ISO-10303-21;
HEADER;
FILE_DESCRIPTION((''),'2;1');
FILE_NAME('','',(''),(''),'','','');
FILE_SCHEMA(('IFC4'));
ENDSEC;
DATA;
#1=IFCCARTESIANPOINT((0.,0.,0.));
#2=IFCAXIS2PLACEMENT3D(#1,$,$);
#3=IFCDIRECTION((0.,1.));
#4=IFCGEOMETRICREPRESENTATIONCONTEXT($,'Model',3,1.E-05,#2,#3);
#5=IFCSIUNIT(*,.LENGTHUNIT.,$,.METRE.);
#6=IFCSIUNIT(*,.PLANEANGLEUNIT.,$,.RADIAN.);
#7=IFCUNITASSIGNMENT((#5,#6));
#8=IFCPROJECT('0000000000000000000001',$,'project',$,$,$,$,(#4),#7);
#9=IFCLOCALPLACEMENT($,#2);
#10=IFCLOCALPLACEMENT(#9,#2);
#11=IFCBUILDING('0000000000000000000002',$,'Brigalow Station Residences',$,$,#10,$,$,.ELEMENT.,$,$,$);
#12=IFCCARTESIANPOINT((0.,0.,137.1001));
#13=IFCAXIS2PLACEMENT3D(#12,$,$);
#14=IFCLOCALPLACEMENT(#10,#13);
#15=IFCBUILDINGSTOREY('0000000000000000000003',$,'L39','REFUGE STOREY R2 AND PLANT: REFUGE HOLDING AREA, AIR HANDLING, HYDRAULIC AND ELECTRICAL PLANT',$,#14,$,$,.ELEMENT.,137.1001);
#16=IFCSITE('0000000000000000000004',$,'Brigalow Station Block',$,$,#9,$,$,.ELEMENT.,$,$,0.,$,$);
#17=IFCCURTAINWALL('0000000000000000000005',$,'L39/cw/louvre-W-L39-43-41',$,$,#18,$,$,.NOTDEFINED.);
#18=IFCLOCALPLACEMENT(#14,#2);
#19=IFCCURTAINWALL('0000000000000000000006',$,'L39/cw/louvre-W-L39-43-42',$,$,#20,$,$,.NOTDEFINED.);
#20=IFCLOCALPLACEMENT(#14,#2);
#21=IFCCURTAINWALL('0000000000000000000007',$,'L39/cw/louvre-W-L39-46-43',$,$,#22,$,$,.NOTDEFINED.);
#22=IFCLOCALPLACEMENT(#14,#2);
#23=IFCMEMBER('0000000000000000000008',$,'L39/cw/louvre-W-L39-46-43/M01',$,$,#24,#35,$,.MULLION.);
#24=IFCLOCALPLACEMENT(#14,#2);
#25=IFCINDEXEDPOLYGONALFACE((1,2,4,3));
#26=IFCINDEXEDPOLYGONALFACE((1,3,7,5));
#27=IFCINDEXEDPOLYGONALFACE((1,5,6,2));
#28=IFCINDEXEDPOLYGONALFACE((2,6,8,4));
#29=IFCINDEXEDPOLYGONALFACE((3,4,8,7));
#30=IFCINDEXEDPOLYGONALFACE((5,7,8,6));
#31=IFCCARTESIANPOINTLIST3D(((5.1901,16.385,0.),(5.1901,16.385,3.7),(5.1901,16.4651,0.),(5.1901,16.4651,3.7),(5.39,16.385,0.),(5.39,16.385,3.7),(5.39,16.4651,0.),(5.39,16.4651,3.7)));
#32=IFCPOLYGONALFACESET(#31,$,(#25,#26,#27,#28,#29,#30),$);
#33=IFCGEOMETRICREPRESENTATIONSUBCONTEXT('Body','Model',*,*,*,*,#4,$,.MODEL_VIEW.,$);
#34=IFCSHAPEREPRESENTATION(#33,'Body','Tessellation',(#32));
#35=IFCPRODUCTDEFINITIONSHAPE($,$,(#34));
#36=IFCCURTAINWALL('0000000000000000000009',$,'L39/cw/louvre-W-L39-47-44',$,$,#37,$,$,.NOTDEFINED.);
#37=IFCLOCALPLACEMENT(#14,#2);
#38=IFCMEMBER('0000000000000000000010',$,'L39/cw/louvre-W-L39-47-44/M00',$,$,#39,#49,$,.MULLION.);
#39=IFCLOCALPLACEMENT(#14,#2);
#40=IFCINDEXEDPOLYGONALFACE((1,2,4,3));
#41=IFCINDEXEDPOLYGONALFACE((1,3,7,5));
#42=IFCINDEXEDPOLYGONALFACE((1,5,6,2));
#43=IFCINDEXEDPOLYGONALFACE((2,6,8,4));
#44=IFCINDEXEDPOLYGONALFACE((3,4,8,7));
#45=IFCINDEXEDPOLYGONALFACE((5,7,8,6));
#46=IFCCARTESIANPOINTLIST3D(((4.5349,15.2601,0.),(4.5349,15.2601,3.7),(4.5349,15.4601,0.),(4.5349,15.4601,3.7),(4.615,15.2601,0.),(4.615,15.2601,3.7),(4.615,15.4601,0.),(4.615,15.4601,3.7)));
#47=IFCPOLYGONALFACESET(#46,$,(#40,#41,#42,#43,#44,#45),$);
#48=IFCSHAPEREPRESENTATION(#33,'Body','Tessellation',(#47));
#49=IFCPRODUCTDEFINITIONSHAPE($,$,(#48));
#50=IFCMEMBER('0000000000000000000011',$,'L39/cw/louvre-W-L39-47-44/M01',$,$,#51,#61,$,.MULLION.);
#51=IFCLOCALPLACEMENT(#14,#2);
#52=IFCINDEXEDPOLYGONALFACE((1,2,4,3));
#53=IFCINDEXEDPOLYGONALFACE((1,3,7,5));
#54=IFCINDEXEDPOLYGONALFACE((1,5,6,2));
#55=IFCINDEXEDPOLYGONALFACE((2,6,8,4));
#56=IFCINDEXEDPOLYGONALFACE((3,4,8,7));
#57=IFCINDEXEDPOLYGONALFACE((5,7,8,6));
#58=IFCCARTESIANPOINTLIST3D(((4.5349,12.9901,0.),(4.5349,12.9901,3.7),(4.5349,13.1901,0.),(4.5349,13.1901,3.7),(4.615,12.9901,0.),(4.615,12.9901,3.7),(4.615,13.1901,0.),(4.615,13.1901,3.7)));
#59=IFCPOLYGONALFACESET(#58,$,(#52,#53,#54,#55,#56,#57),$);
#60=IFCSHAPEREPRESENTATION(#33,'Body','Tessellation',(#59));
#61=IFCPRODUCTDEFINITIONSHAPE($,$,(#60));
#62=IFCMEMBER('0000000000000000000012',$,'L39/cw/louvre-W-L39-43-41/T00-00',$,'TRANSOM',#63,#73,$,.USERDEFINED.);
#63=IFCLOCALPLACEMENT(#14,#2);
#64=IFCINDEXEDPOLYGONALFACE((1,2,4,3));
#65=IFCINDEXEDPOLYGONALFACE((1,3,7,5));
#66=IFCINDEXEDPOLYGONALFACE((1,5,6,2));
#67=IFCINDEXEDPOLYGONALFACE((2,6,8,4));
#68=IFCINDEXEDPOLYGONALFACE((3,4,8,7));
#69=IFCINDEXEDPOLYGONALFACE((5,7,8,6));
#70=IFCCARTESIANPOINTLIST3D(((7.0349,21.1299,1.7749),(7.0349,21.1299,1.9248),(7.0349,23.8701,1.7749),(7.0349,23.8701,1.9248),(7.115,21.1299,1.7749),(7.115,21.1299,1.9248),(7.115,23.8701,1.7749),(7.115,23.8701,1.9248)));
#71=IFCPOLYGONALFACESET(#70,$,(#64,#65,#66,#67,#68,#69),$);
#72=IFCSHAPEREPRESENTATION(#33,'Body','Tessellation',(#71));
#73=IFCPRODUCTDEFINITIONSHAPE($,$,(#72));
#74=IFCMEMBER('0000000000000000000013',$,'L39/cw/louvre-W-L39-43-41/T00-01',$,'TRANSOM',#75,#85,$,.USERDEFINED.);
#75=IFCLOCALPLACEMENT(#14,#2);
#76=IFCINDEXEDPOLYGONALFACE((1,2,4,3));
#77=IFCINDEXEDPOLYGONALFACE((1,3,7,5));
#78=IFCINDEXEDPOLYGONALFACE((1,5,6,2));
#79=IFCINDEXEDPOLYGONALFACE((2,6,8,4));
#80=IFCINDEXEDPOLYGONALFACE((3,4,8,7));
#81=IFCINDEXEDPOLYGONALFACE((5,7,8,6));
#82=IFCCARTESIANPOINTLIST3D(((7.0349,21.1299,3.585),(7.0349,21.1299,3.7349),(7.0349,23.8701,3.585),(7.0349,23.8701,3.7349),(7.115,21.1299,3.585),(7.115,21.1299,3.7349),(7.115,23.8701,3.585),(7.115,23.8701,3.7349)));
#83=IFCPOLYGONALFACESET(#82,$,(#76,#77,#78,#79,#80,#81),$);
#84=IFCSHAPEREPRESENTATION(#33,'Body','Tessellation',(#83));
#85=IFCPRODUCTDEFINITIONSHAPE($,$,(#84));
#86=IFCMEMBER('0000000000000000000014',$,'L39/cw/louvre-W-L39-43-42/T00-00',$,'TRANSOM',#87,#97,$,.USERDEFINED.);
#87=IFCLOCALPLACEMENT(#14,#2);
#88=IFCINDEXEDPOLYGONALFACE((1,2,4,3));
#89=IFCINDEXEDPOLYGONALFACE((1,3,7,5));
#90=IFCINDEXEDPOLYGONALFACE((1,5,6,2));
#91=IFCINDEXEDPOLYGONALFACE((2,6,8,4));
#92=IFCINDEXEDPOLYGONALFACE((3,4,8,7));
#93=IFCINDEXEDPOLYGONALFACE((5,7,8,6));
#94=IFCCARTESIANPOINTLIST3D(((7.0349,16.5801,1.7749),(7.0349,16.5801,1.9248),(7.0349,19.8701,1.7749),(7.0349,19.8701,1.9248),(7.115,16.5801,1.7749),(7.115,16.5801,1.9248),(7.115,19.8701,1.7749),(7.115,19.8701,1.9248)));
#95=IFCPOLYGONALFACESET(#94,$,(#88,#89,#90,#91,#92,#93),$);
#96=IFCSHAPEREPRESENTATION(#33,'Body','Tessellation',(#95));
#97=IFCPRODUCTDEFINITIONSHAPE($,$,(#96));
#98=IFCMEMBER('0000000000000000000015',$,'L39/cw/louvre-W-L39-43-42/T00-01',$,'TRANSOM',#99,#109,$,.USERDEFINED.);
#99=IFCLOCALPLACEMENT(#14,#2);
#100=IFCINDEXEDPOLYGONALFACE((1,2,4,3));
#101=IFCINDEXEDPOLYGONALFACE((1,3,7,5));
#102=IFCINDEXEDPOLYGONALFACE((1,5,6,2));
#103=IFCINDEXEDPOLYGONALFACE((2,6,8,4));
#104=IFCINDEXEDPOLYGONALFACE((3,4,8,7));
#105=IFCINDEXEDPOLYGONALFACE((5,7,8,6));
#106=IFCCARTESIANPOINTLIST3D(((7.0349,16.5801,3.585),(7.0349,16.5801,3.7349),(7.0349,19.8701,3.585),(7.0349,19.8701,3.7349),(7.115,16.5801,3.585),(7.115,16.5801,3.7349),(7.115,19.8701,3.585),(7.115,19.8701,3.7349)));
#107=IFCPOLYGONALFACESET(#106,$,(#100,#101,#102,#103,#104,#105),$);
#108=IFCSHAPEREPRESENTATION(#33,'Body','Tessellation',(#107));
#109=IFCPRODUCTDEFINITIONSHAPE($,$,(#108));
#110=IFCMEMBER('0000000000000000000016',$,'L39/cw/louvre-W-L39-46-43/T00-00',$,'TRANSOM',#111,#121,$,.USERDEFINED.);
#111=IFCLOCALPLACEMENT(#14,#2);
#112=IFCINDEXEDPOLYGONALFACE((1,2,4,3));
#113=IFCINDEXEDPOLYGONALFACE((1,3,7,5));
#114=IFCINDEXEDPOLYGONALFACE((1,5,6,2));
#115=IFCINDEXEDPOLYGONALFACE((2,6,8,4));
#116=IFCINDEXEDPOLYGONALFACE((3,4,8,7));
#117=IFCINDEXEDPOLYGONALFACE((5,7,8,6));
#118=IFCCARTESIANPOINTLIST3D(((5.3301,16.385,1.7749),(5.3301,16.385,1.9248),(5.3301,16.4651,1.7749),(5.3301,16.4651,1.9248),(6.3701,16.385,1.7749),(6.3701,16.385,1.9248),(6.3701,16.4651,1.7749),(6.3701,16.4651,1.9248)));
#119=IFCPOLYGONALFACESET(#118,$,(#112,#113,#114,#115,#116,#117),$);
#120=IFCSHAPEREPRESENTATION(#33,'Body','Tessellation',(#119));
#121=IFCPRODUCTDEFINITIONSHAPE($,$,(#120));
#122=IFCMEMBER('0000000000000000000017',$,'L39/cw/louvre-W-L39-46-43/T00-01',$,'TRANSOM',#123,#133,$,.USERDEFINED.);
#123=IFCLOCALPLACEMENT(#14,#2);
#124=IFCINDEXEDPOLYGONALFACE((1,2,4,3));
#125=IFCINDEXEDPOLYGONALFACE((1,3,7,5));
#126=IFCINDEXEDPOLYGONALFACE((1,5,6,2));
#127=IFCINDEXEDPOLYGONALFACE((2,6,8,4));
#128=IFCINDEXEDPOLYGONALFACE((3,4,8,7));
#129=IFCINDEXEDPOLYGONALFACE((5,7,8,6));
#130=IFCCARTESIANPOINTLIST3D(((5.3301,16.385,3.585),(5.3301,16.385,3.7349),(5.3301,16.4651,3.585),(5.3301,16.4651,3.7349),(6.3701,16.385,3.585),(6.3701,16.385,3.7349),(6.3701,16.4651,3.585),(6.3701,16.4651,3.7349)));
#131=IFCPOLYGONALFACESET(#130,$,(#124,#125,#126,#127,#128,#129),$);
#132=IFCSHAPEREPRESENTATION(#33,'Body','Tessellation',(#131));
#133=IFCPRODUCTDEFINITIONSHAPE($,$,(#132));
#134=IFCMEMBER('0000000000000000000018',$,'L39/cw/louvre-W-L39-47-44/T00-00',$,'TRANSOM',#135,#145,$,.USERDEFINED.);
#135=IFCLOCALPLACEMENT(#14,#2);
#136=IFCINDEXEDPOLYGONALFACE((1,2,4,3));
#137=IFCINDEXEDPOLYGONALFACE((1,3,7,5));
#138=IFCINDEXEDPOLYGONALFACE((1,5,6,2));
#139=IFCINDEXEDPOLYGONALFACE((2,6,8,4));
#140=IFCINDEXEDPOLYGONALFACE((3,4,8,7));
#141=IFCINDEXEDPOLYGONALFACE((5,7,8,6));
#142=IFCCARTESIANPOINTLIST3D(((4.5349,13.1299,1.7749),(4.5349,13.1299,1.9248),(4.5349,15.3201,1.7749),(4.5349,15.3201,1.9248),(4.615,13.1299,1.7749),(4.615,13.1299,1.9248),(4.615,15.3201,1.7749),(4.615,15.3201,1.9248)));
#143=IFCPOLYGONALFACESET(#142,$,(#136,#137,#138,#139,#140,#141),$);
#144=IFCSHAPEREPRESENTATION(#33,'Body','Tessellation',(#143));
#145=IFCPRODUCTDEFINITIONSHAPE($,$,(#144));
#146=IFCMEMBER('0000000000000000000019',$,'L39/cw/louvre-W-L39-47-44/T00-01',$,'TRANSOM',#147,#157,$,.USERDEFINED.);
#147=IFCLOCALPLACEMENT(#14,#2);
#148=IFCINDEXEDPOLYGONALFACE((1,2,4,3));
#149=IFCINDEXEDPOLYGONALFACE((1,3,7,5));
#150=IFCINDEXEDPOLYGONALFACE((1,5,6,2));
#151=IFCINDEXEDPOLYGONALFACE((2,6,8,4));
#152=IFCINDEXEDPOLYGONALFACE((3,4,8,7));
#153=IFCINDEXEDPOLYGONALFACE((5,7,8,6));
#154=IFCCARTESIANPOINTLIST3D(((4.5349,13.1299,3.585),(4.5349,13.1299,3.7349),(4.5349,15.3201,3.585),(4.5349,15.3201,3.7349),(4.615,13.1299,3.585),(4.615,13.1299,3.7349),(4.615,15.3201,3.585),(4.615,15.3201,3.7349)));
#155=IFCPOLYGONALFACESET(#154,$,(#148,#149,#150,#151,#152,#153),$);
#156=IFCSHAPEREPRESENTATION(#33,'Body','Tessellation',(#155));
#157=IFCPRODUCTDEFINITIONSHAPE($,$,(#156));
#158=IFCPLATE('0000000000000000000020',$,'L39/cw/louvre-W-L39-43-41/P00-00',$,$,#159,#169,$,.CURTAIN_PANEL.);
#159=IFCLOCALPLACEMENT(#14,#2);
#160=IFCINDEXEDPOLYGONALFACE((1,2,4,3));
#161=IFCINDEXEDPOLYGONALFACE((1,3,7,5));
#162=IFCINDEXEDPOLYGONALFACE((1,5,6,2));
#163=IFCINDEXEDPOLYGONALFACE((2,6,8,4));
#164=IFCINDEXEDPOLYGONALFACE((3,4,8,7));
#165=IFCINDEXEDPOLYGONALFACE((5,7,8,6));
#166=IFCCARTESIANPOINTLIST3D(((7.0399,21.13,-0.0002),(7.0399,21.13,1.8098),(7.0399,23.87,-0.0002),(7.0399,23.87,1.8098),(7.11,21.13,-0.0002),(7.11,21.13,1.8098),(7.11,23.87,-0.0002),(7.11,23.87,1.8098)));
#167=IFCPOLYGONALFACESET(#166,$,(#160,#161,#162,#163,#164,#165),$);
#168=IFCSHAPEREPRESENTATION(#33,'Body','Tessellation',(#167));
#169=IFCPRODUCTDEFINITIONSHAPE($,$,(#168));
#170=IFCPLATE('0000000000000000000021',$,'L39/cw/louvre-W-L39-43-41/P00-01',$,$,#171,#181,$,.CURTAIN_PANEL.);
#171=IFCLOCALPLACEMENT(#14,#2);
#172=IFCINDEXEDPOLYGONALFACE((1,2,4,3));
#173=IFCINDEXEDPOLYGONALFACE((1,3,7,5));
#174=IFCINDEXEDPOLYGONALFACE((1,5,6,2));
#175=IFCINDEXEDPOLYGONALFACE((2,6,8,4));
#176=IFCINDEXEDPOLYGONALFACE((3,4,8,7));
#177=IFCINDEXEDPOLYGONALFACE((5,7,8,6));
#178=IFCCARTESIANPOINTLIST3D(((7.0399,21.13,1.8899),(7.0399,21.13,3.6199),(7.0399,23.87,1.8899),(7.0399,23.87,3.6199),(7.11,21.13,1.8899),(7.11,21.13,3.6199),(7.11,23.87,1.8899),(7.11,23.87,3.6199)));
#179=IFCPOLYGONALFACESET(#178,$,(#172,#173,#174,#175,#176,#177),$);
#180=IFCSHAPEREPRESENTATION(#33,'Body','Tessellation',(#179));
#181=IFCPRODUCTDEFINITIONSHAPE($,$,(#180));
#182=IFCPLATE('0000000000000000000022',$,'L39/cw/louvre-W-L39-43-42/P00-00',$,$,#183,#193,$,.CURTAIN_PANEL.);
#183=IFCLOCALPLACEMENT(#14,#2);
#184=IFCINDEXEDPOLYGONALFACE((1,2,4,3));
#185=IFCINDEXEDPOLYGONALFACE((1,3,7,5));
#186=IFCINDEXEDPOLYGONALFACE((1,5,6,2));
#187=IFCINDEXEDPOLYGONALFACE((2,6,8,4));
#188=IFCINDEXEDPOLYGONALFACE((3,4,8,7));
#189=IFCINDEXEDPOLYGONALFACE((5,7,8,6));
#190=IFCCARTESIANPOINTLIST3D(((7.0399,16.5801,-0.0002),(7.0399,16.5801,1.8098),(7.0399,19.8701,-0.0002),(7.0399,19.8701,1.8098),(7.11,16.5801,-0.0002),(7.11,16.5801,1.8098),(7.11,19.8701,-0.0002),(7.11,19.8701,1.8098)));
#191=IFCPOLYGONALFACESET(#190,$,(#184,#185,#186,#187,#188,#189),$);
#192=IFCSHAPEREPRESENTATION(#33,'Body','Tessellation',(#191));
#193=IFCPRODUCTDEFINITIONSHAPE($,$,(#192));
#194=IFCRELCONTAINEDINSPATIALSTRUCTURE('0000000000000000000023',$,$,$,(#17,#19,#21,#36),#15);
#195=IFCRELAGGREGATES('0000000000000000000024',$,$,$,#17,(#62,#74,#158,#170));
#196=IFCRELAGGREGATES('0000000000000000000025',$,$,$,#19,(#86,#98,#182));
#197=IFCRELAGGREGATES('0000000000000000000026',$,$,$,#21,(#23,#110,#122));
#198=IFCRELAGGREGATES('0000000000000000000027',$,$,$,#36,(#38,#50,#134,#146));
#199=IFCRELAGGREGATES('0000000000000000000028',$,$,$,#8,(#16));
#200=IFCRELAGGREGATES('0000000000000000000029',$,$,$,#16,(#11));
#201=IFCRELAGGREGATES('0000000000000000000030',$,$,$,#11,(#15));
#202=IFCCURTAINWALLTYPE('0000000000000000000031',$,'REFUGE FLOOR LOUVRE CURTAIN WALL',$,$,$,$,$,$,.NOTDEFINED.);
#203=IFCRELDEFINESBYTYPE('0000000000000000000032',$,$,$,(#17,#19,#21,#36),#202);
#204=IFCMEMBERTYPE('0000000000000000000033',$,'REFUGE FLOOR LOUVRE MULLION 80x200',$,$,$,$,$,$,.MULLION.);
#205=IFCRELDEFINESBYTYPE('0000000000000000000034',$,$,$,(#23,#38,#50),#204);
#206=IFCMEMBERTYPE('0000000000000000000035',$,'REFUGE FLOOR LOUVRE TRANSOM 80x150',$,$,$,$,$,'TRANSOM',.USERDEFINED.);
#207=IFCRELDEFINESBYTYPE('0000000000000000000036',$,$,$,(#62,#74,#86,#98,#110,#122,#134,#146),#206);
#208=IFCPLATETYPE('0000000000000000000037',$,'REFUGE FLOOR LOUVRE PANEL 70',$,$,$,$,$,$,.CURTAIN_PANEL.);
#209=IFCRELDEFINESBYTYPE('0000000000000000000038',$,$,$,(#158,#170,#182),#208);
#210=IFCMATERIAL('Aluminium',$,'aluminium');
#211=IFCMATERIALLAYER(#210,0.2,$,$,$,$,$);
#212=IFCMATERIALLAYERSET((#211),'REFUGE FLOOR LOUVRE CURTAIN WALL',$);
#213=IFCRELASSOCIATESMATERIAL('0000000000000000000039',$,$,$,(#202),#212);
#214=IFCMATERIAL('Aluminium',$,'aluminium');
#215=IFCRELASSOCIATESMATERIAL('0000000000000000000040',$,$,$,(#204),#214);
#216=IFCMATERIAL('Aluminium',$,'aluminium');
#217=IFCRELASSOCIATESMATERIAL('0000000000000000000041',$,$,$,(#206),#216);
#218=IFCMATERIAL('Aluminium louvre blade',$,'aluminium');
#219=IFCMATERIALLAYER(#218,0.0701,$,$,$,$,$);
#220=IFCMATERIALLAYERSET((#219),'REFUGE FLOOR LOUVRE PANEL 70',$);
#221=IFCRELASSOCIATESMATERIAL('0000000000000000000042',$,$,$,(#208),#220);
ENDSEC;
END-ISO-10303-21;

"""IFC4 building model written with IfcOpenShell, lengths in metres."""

from ifc_helpers import new_model, si_unit, direction, frame, origin, origin_2d, place, context, subcontext, project, spatial, rectangle, extrude, material, layer, layer_set, material_profile, profile_set, type_object, element, aggregate, save


model = new_model("IFC4")

# Units and contexts
model_context = context("Model", 3, precision=1e-05, world=origin(), true_north=direction((0.0, 1.0)))
body_context = subcontext(model_context, "Body", "Model", "MODEL_VIEW")
ifc_project = project(units=[si_unit("LENGTHUNIT", "METRE"), si_unit("PLANEANGLEUNIT", "RADIAN")], contexts=[model_context])

# Site, building, storey
site_placement = place(None, origin())
site = spatial("IfcSite", under=ifc_project, at=site_placement, Name="Brigalow Station Block", CompositionType="ELEMENT", RefElevation=0.0)
building_placement = place(site_placement, origin())
building = spatial("IfcBuilding", under=site, at=building_placement, Name="Brigalow Station Residences", CompositionType="ELEMENT")
storey_placement = place(building_placement, frame((0.0, 0.0, 137.1001)))
storey = spatial("IfcBuildingStorey", under=building, at=storey_placement, Name="L39", Description="REFUGE STOREY R2 AND PLANT: REFUGE HOLDING AREA, AIR HANDLING, HYDRAULIC AND ELECTRICAL PLANT", CompositionType="ELEMENT", Elevation=137.1001)

# Curtain walls, members
ifc_material_1 = material(Name="Aluminium", Category="aluminium")
ifc_layer_1 = layer(ifc_material_1, 0.2)
ifc_layer_set_1 = layer_set([ifc_layer_1], Name="REFUGE FLOOR LOUVRE CURTAIN WALL")
curtain_wall_type = type_object("IfcCurtainWallType", Name="REFUGE FLOOR LOUVRE CURTAIN WALL", PredefinedType="NOTDEFINED", material=ifc_layer_set_1)
curtain_wall_1_placement = place(storey_placement, origin())
curtain_wall_1 = element("IfcCurtainWall", 1, at=curtain_wall_1_placement, inside=storey, type_object=curtain_wall_type, Name="L39/cw/louvre-W-L39-43-41", PredefinedType="NOTDEFINED")
ifc_material_2 = material(Name="Aluminium", Category="aluminium")
ifc_material_profile_1 = material_profile(ifc_material_2, rectangle(XDim=0.0801, YDim=0.2, at=origin_2d()), Name="REFUGE FLOOR LOUVRE MULLION 80x200")
ifc_profile_set_1 = profile_set([ifc_material_profile_1], Name="Aluminium")
member_type_1 = type_object("IfcMemberType", Name="REFUGE FLOOR LOUVRE MULLION 80x200", PredefinedType="MULLION", material=ifc_profile_set_1)
curtain_wall_2_placement = place(storey_placement, origin())
curtain_wall_2 = element("IfcCurtainWall", 2, at=curtain_wall_2_placement, inside=storey, type_object=curtain_wall_type, Name="L39/cw/louvre-W-L39-43-42", PredefinedType="NOTDEFINED")
curtain_wall_3_placement = place(storey_placement, origin())
curtain_wall_3 = element("IfcCurtainWall", 3, at=curtain_wall_3_placement, inside=storey, type_object=curtain_wall_type, Name="L39/cw/louvre-W-L39-46-43", PredefinedType="NOTDEFINED")
member_1_placement = place(storey_placement, frame((5.29, 16.425, 0.0), z_axis=(0.0, 0.0, 1.0), x_axis=(0.0, -1.0, 0.0)))
member_1 = element("IfcMember", 4, at=member_1_placement, type_object=member_type_1, Name="L39/cw/louvre-W-L39-46-43/M01", PredefinedType="MULLION", context=body_context, shape_type="SweptSolid", body=[
    extrude(rectangle(XDim=0.0801, YDim=0.2, at=origin_2d()), origin(), (0.0, 0.0, 1.0), 3.7),
])
curtain_wall_4_placement = place(storey_placement, origin())
curtain_wall_4 = element("IfcCurtainWall", 5, at=curtain_wall_4_placement, inside=storey, type_object=curtain_wall_type, Name="L39/cw/louvre-W-L39-47-44", PredefinedType="NOTDEFINED")
member_2_placement = place(storey_placement, frame((4.575, 15.3601, 0.0), z_axis=(0.0, 0.0, 1.0), x_axis=(1.0, 0.0, 0.0)))
member_2 = element("IfcMember", 6, at=member_2_placement, type_object=member_type_1, Name="L39/cw/louvre-W-L39-47-44/M00", PredefinedType="MULLION", context=body_context, shape_type="SweptSolid", body=[
    extrude(rectangle(XDim=0.0801, YDim=0.2, at=origin_2d()), origin(), (0.0, 0.0, 1.0), 3.7),
])
member_3_placement = place(storey_placement, frame((4.575, 13.0901, 0.0), z_axis=(0.0, 0.0, 1.0), x_axis=(1.0, 0.0, 0.0)))
member_3 = element("IfcMember", 7, at=member_3_placement, type_object=member_type_1, Name="L39/cw/louvre-W-L39-47-44/M01", PredefinedType="MULLION", context=body_context, shape_type="SweptSolid", body=[
    extrude(rectangle(XDim=0.0801, YDim=0.2, at=origin_2d()), origin(), (0.0, 0.0, 1.0), 3.7),
])

# Members
ifc_material_3 = material(Name="Aluminium", Category="aluminium")
ifc_material_profile_2 = material_profile(ifc_material_3, rectangle(XDim=0.0801, YDim=0.1499, at=origin_2d()), Name="REFUGE FLOOR LOUVRE TRANSOM 80x150")
ifc_profile_set_2 = profile_set([ifc_material_profile_2], Name="Aluminium")
member_type_2 = type_object("IfcMemberType", Name="REFUGE FLOOR LOUVRE TRANSOM 80x150", ElementType="TRANSOM", PredefinedType="USERDEFINED", material=ifc_profile_set_2)
member_4_placement = place(storey_placement, frame((7.075, 23.8701, 1.8499), z_axis=(0.0, -1.0, 0.0), x_axis=(1.0, 0.0, 0.0)))
member_4 = element("IfcMember", 8, at=member_4_placement, type_object=member_type_2, Name="L39/cw/louvre-W-L39-43-41/T00-00", ObjectType="TRANSOM", PredefinedType="USERDEFINED", context=body_context, shape_type="SweptSolid", body=[
    extrude(rectangle(XDim=0.0801, YDim=0.1499, at=origin_2d()), origin(), (0.0, 0.0, 1.0), 2.7402),
])
member_5_placement = place(storey_placement, frame((7.075, 23.8701, 3.6599), z_axis=(0.0, -1.0, 0.0), x_axis=(1.0, 0.0, 0.0)))
member_5 = element("IfcMember", 9, at=member_5_placement, type_object=member_type_2, Name="L39/cw/louvre-W-L39-43-41/T00-01", ObjectType="TRANSOM", PredefinedType="USERDEFINED", context=body_context, shape_type="SweptSolid", body=[
    extrude(rectangle(XDim=0.0801, YDim=0.1499, at=origin_2d()), origin(), (0.0, 0.0, 1.0), 2.7402),
])
member_6_placement = place(storey_placement, frame((7.075, 19.8701, 1.8499), z_axis=(0.0, -1.0, 0.0), x_axis=(1.0, 0.0, 0.0)))
member_6 = element("IfcMember", 10, at=member_6_placement, type_object=member_type_2, Name="L39/cw/louvre-W-L39-43-42/T00-00", ObjectType="TRANSOM", PredefinedType="USERDEFINED", context=body_context, shape_type="SweptSolid", body=[
    extrude(rectangle(XDim=0.0801, YDim=0.1499, at=origin_2d()), origin(), (0.0, 0.0, 1.0), 3.29),
])
member_7_placement = place(storey_placement, frame((7.075, 19.8701, 3.6599), z_axis=(0.0, -1.0, 0.0), x_axis=(1.0, 0.0, 0.0)))
member_7 = element("IfcMember", 11, at=member_7_placement, type_object=member_type_2, Name="L39/cw/louvre-W-L39-43-42/T00-01", ObjectType="TRANSOM", PredefinedType="USERDEFINED", context=body_context, shape_type="SweptSolid", body=[
    extrude(rectangle(XDim=0.0801, YDim=0.1499, at=origin_2d()), origin(), (0.0, 0.0, 1.0), 3.29),
])
member_8_placement = place(storey_placement, frame((6.3701, 16.425, 1.8499), z_axis=(-1.0, 0.0, 0.0), x_axis=(0.0, -1.0, 0.0)))
member_8 = element("IfcMember", 12, at=member_8_placement, type_object=member_type_2, Name="L39/cw/louvre-W-L39-46-43/T00-00", ObjectType="TRANSOM", PredefinedType="USERDEFINED", context=body_context, shape_type="SweptSolid", body=[
    extrude(rectangle(XDim=0.0801, YDim=0.1499, at=origin_2d()), origin(), (0.0, 0.0, 1.0), 1.04),
])
member_9_placement = place(storey_placement, frame((6.3701, 16.425, 3.6599), z_axis=(-1.0, 0.0, 0.0), x_axis=(0.0, -1.0, 0.0)))
member_9 = element("IfcMember", 13, at=member_9_placement, type_object=member_type_2, Name="L39/cw/louvre-W-L39-46-43/T00-01", ObjectType="TRANSOM", PredefinedType="USERDEFINED", context=body_context, shape_type="SweptSolid", body=[
    extrude(rectangle(XDim=0.0801, YDim=0.1499, at=origin_2d()), origin(), (0.0, 0.0, 1.0), 1.04),
])
member_10_placement = place(storey_placement, frame((4.575, 15.3201, 1.8499), z_axis=(0.0, -1.0, 0.0), x_axis=(1.0, 0.0, 0.0)))
member_10 = element("IfcMember", 14, at=member_10_placement, type_object=member_type_2, Name="L39/cw/louvre-W-L39-47-44/T00-00", ObjectType="TRANSOM", PredefinedType="USERDEFINED", context=body_context, shape_type="SweptSolid", body=[
    extrude(rectangle(XDim=0.0801, YDim=0.1499, at=origin_2d()), origin(), (0.0, 0.0, 1.0), 2.1902),
])
member_11_placement = place(storey_placement, frame((4.575, 15.3201, 3.6599), z_axis=(0.0, -1.0, 0.0), x_axis=(1.0, 0.0, 0.0)))
member_11 = element("IfcMember", 15, at=member_11_placement, type_object=member_type_2, Name="L39/cw/louvre-W-L39-47-44/T00-01", ObjectType="TRANSOM", PredefinedType="USERDEFINED", context=body_context, shape_type="SweptSolid", body=[
    extrude(rectangle(XDim=0.0801, YDim=0.1499, at=origin_2d()), origin(), (0.0, 0.0, 1.0), 2.1902),
])

# Plates
ifc_material_4 = material(Name="Aluminium louvre blade", Category="aluminium")
ifc_layer_2 = layer(ifc_material_4, 0.0701)
ifc_layer_set_2 = layer_set([ifc_layer_2], Name="REFUGE FLOOR LOUVRE PANEL 70")
plate_type = type_object("IfcPlateType", Name="REFUGE FLOOR LOUVRE PANEL 70", PredefinedType="CURTAIN_PANEL", material=ifc_layer_set_2)
plate_1_placement = place(storey_placement, frame((7.075, 22.5, -0.0002), z_axis=(0.0, 0.0, 1.0), x_axis=(0.0, -1.0, 0.0)))
plate_1 = element("IfcPlate", 16, at=plate_1_placement, type_object=plate_type, Name="L39/cw/louvre-W-L39-43-41/P00-00", PredefinedType="CURTAIN_PANEL", context=body_context, shape_type="SweptSolid", body=[
    extrude(rectangle(XDim=2.74, YDim=0.0701, at=origin_2d()), origin(), (0.0, 0.0, 1.0), 1.8101),
])
plate_2_placement = place(storey_placement, frame((7.075, 22.5, 1.8899), z_axis=(0.0, 0.0, 1.0), x_axis=(0.0, -1.0, 0.0)))
plate_2 = element("IfcPlate", 17, at=plate_2_placement, type_object=plate_type, Name="L39/cw/louvre-W-L39-43-41/P00-01", PredefinedType="CURTAIN_PANEL", context=body_context, shape_type="SweptSolid", body=[
    extrude(rectangle(XDim=2.74, YDim=0.0701, at=origin_2d()), origin(), (0.0, 0.0, 1.0), 1.73),
])
aggregate(curtain_wall_1, [member_4, member_5, plate_1, plate_2])
plate_3_placement = place(storey_placement, frame((7.075, 18.2251, -0.0002), z_axis=(0.0, 0.0, 1.0), x_axis=(0.0, -1.0, 0.0)))
plate_3 = element("IfcPlate", 18, at=plate_3_placement, type_object=plate_type, Name="L39/cw/louvre-W-L39-43-42/P00-00", PredefinedType="CURTAIN_PANEL", context=body_context, shape_type="SweptSolid", body=[
    extrude(rectangle(XDim=3.29, YDim=0.0701, at=origin_2d()), origin(), (0.0, 0.0, 1.0), 1.8101),
])
aggregate(curtain_wall_2, [member_6, member_7, plate_3])
aggregate(curtain_wall_3, [member_1, member_8, member_9])
aggregate(curtain_wall_4, [member_2, member_3, member_10, member_11])

save(model, "model.ifc")
